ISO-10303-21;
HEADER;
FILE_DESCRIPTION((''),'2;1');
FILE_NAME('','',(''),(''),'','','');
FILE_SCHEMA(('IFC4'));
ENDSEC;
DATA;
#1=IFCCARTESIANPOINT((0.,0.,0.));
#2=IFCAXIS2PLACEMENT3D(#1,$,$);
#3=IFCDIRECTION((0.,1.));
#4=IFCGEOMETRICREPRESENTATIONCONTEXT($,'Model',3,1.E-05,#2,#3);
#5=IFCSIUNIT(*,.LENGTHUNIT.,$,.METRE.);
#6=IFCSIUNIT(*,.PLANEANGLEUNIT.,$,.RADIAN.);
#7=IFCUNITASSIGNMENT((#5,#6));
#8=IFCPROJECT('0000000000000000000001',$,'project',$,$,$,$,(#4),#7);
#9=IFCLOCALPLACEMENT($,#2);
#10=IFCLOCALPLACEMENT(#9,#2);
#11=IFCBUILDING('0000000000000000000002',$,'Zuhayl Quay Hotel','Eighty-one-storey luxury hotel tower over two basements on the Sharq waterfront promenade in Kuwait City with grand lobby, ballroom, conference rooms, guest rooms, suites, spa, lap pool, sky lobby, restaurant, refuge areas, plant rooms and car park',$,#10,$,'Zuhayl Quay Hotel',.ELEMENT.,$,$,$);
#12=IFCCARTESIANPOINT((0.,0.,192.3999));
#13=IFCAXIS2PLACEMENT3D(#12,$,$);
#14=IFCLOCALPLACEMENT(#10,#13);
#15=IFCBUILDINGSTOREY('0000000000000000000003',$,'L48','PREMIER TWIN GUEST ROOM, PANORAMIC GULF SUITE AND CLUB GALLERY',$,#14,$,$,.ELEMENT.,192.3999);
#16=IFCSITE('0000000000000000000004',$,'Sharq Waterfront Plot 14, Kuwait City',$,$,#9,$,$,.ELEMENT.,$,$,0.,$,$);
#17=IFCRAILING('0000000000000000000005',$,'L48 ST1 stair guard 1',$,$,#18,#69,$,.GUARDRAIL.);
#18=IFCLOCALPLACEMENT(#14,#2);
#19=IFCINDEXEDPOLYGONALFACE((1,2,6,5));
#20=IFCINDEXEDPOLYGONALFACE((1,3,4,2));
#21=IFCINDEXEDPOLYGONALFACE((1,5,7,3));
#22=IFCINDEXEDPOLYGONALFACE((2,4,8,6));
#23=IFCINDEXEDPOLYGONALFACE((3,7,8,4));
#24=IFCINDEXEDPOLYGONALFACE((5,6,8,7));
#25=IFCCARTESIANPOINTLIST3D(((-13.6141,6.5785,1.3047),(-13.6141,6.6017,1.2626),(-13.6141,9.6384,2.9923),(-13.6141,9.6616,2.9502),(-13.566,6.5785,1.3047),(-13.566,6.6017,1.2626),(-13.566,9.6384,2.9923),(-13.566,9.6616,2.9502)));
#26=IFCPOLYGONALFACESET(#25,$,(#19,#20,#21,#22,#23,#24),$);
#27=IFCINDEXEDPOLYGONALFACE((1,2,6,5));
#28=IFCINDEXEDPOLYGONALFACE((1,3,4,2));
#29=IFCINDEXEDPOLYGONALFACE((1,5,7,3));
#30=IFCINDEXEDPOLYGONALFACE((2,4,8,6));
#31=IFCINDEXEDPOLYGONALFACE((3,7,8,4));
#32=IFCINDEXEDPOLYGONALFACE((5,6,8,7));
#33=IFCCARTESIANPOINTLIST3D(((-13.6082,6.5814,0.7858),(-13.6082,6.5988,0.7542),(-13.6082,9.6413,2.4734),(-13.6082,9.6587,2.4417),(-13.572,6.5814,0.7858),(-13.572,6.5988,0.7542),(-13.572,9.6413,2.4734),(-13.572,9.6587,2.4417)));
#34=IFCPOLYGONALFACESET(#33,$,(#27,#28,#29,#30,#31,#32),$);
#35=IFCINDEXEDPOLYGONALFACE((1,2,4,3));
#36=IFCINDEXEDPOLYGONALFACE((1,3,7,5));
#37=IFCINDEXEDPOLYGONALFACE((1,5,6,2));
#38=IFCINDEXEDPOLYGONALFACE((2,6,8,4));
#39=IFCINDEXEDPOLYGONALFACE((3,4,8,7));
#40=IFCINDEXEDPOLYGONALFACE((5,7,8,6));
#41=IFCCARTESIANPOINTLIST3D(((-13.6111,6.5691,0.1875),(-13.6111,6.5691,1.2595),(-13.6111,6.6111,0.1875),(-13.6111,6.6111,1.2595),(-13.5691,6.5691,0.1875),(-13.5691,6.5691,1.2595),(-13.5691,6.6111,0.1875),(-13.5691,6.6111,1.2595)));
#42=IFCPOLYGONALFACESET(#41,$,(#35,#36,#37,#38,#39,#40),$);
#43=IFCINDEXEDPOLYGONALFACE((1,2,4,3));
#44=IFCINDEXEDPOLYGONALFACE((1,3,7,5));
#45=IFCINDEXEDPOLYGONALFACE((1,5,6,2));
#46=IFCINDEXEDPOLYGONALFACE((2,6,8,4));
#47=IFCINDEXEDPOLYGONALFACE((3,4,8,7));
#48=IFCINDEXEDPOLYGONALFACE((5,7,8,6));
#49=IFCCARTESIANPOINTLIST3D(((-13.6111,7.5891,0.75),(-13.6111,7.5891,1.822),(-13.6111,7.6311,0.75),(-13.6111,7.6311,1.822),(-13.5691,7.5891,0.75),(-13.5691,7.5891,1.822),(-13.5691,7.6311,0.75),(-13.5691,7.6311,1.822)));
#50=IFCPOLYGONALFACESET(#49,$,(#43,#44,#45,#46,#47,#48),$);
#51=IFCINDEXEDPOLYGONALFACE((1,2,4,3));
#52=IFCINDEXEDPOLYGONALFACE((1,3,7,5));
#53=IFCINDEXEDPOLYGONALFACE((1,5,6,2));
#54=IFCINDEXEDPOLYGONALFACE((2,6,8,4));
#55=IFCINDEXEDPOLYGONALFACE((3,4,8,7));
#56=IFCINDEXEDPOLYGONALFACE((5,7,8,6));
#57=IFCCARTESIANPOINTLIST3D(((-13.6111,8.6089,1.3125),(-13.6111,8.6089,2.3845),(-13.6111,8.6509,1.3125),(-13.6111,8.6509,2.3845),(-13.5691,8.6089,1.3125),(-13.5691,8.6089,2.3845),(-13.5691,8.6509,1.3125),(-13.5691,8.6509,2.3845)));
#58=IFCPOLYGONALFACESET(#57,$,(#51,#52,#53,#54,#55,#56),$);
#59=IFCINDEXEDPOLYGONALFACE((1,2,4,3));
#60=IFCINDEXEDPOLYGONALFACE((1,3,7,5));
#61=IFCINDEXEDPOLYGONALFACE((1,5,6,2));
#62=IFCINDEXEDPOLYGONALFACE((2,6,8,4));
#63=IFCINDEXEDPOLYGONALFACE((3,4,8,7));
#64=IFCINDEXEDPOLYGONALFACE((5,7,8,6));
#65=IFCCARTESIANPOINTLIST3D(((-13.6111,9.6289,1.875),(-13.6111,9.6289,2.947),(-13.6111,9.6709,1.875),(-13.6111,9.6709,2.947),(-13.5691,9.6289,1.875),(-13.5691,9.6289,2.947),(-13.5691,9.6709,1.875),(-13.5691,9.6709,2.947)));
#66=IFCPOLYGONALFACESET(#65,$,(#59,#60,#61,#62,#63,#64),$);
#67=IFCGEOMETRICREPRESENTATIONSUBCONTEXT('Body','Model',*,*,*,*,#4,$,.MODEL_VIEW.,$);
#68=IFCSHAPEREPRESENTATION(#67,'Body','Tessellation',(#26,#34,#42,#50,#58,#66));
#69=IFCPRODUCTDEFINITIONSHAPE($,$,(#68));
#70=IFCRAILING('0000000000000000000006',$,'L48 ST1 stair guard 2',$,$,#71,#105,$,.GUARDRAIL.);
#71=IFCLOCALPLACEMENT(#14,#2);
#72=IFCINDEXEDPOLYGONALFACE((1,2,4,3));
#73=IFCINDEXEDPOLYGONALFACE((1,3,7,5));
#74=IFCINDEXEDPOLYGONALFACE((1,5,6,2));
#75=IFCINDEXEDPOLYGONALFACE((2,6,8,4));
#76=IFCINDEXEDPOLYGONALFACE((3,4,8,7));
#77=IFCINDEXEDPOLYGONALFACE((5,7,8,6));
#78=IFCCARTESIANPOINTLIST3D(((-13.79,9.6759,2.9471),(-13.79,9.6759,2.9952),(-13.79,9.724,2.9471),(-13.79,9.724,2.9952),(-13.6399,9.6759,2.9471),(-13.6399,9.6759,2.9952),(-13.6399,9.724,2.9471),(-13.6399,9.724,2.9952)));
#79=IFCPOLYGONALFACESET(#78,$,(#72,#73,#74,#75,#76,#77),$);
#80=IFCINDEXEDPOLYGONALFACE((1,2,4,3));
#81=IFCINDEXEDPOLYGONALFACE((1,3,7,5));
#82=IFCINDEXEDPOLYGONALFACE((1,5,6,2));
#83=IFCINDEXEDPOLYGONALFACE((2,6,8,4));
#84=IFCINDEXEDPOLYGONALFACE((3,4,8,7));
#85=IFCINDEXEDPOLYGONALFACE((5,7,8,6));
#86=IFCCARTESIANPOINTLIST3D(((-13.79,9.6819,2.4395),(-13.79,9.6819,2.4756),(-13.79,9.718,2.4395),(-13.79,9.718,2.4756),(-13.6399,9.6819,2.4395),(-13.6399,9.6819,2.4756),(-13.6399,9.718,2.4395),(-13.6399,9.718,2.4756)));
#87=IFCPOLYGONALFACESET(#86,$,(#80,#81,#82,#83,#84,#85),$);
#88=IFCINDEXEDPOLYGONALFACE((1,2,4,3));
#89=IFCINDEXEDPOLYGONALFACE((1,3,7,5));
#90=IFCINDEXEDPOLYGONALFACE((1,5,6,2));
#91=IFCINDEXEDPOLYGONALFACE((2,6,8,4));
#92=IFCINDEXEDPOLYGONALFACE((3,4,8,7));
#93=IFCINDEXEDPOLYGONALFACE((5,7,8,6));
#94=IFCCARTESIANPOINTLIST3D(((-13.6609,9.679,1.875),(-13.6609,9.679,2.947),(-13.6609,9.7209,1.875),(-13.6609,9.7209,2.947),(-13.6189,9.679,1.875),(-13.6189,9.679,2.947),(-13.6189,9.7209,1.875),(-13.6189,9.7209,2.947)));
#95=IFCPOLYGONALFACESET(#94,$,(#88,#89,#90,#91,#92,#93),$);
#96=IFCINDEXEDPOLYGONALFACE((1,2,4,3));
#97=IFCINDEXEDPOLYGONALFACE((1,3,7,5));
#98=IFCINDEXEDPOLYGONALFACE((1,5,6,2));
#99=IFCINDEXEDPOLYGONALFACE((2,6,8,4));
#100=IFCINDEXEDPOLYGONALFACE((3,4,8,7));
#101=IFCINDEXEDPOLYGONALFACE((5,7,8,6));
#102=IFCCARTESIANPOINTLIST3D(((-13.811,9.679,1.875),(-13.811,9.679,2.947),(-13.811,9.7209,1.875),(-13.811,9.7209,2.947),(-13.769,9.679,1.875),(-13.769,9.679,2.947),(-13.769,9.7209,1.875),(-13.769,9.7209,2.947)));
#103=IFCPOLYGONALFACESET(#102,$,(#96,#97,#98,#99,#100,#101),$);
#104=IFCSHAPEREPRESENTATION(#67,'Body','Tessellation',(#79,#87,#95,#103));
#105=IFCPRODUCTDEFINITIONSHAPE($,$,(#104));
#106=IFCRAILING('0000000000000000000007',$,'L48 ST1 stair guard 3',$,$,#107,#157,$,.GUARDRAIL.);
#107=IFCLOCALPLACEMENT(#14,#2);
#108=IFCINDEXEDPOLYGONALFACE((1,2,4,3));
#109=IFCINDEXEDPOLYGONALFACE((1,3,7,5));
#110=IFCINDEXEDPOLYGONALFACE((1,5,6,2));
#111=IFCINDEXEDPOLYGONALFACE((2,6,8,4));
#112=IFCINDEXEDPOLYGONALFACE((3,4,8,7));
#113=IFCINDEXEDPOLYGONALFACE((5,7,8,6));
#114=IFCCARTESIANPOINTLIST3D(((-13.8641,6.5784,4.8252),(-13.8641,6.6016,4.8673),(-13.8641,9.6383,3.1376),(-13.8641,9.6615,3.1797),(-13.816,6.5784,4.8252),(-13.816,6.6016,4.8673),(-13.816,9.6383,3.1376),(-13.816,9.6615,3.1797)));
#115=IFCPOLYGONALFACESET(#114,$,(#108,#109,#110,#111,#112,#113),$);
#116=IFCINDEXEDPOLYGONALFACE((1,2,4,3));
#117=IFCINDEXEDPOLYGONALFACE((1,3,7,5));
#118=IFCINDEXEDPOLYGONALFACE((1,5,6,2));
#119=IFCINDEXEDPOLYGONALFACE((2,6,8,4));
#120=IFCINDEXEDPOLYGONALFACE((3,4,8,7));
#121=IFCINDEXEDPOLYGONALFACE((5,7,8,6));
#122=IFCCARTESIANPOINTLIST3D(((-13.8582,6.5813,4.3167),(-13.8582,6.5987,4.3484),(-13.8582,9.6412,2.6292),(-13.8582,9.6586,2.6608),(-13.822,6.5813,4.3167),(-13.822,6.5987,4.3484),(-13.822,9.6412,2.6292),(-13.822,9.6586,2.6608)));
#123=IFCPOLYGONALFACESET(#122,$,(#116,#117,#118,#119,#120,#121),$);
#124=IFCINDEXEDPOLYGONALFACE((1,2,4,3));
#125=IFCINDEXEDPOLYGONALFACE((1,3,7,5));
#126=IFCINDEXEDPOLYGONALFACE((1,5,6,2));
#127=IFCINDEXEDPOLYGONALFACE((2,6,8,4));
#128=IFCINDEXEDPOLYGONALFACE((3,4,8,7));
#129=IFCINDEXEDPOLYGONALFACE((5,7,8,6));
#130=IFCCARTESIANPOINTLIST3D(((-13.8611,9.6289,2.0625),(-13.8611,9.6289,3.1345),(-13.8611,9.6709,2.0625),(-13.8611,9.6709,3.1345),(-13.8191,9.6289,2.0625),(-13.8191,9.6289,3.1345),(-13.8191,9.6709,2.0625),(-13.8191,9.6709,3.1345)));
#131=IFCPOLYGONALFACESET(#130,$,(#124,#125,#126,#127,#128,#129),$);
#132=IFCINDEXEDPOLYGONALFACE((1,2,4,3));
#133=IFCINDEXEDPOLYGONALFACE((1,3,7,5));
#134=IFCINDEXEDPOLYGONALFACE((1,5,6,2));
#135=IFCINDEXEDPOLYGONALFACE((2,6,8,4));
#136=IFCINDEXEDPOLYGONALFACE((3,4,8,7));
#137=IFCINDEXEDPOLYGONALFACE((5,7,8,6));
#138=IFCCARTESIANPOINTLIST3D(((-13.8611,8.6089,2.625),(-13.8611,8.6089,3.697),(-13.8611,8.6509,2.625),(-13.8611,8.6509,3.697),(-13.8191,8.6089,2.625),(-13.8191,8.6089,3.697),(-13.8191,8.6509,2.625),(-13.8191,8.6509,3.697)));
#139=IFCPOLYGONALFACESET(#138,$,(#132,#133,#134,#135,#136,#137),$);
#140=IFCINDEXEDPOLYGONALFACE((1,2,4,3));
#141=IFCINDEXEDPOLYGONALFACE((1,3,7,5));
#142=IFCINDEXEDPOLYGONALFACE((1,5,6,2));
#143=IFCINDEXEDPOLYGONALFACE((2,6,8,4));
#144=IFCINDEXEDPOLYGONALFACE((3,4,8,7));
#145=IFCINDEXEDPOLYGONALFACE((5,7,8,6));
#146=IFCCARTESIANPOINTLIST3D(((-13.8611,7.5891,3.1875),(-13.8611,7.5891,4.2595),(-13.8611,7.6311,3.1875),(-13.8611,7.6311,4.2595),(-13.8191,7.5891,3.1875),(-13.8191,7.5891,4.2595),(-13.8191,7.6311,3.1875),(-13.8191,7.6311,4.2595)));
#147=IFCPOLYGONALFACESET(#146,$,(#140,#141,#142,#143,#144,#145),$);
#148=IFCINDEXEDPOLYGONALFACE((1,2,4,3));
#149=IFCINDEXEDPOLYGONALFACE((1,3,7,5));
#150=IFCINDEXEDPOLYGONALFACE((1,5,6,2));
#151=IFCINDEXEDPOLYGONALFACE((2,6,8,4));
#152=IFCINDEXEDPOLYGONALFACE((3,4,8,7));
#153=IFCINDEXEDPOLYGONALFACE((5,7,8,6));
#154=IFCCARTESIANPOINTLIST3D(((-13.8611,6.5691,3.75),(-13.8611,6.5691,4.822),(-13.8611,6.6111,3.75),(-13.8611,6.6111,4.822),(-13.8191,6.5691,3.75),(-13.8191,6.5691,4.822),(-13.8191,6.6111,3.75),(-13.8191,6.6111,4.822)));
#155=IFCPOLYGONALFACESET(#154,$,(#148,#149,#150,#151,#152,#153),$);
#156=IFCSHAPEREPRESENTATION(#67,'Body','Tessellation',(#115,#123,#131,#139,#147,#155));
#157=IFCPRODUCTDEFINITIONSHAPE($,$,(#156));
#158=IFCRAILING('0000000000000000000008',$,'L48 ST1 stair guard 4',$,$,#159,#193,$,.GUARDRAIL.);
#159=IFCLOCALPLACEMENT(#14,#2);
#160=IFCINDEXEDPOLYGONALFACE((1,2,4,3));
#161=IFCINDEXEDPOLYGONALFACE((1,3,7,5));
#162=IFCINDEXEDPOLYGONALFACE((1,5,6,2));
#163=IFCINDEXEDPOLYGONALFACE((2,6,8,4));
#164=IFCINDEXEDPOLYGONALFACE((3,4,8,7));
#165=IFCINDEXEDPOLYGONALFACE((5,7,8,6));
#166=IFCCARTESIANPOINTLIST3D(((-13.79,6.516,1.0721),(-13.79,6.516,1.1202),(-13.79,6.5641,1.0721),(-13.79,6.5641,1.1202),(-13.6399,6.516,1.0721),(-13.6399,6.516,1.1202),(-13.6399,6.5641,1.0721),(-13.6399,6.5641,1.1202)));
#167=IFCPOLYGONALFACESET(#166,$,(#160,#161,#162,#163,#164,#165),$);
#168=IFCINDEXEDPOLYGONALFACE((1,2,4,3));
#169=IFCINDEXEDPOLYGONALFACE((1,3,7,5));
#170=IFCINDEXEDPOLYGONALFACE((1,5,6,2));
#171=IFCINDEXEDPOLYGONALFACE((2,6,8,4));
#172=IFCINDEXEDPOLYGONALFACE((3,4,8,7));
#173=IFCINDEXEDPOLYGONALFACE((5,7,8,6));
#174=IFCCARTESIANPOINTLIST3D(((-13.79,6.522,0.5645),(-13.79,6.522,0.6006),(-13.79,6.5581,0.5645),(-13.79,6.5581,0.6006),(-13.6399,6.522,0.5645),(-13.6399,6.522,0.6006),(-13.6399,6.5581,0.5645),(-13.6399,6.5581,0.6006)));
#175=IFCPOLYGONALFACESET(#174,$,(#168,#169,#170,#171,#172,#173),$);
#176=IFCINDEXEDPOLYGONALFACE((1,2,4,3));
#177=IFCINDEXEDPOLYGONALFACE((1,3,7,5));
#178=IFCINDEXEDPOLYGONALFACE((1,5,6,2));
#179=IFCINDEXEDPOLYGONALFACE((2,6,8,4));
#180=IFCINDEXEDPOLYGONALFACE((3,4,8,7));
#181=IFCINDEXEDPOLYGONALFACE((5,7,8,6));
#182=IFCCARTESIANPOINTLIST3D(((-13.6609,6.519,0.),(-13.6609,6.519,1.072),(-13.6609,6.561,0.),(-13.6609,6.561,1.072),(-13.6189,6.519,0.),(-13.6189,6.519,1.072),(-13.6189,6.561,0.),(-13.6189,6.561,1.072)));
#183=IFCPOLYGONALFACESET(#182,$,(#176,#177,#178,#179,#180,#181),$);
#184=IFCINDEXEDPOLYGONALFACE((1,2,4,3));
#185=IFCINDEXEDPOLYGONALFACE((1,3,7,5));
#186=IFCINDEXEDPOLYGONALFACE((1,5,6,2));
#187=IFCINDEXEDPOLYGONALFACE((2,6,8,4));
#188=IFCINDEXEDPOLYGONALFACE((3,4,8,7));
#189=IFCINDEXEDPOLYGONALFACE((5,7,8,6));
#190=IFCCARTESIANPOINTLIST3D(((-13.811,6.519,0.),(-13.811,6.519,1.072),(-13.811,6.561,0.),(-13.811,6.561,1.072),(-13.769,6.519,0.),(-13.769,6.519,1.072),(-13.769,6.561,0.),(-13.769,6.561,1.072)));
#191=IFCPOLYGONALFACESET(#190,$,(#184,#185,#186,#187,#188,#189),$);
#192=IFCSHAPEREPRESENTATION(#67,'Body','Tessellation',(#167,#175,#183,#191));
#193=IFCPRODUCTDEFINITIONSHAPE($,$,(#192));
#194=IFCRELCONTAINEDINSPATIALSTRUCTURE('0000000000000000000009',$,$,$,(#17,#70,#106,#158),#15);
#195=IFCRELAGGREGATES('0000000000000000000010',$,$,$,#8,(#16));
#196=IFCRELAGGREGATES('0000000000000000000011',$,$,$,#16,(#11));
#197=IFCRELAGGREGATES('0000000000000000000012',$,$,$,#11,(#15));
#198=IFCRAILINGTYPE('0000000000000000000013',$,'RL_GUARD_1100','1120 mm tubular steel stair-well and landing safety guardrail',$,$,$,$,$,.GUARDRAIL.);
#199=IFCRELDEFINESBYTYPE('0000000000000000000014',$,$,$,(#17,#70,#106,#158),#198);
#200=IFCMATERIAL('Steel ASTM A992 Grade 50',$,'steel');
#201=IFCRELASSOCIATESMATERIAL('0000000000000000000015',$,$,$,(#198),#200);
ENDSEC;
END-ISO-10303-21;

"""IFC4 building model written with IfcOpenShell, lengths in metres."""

from ifc_helpers import new_model, si_unit, direction, frame, origin, origin_2d, place, context, subcontext, project, spatial, rectangle, extrude, material, type_object, element, save


model = new_model("IFC4")

# Units and contexts
model_context = context("Model", 3, precision=1e-05, world=origin(), true_north=direction((0.0, 1.0)))
body_context = subcontext(model_context, "Body", "Model", "MODEL_VIEW")
ifc_project = project(units=[si_unit("LENGTHUNIT", "METRE"), si_unit("PLANEANGLEUNIT", "RADIAN")], contexts=[model_context])

# Site, building, storey
site_placement = place(None, origin())
site = spatial("IfcSite", under=ifc_project, at=site_placement, Name="Sharq Waterfront Plot 14, Kuwait City", CompositionType="ELEMENT", RefElevation=0.0)
building_placement = place(site_placement, origin())
building = spatial("IfcBuilding", under=site, at=building_placement, Name="Zuhayl Quay Hotel", Description="Eighty-one-storey luxury hotel tower over two basements on the Sharq waterfront promenade in Kuwait City with grand lobby, ballroom, conference rooms, guest rooms, suites, spa, lap pool, sky lobby, restaurant, refuge areas, plant rooms and car park", LongName="Zuhayl Quay Hotel", CompositionType="ELEMENT")
storey_placement = place(building_placement, frame((0.0, 0.0, 192.3999)))
storey = spatial("IfcBuildingStorey", under=building, at=storey_placement, Name="L48", Description="PREMIER TWIN GUEST ROOM, PANORAMIC GULF SUITE AND CLUB GALLERY", CompositionType="ELEMENT", Elevation=192.3999)

# Shared definitions
ifc_material_1 = material(Name="Steel ASTM A992 Grade 50", Category="steel")

# Railings
railing_type_1 = type_object("IfcRailingType", Name="RL_GUARD_1100", Description="1120 mm tubular steel stair-well and landing safety guardrail", PredefinedType="GUARDRAIL", material=ifc_material_1)
railing_1_placement = place(storey_placement, frame((-13.5901, 6.5901, 0.1875)))
element("IfcRailing", 1, at=railing_1_placement, inside=storey, type_object=railing_type_1, Name="L48 ST1 stair guard 1", PredefinedType="GUARDRAIL", context=body_context, shape_type="SweptSolid", body=[
    extrude(rectangle(XDim=0.0481, YDim=0.0481, at=origin_2d()), frame((0.0, 0.0, 1.0962), z_axis=(0.0, 0.875659, 0.48293), x_axis=(-1.0, 0.0, 0.0)), (0.0, 0.0, 1.0), 3.4944),
    extrude(rectangle(XDim=0.0361, YDim=0.0361, at=origin_2d()), frame((0.0, 0.0, 0.5825), z_axis=(0.0, 0.875659, 0.48293), x_axis=(-1.0, 0.0, 0.0)), (0.0, 0.0, 1.0), 3.4944),
    extrude(rectangle(XDim=0.042, YDim=0.042, at=origin_2d()), origin(), (0.0, 0.0, 1.0), 1.072),
    extrude(rectangle(XDim=0.042, YDim=0.042, at=origin_2d()), frame((0.0, 1.02, 0.5625)), (0.0, 0.0, 1.0), 1.072),
    extrude(rectangle(XDim=0.042, YDim=0.042, at=origin_2d()), frame((0.0, 2.0398, 1.125)), (0.0, 0.0, 1.0), 1.072),
    extrude(rectangle(XDim=0.042, YDim=0.042, at=origin_2d()), frame((0.0, 3.0598, 1.6875)), (0.0, 0.0, 1.0), 1.072),
])
railing_2_placement = place(storey_placement, frame((-13.6399, 9.7, 1.875)))
element("IfcRailing", 2, at=railing_2_placement, inside=storey, type_object=railing_type_1, Name="L48 ST1 stair guard 2", PredefinedType="GUARDRAIL", context=body_context, shape_type="SweptSolid", body=[
    extrude(rectangle(XDim=0.0481, YDim=0.0481, at=origin_2d()), frame((0.0, 0.0, 1.0962), z_axis=(-1.0, 0.0, 0.0), x_axis=(0.0, -1.0, 0.0)), (0.0, 0.0, 1.0), 0.1501),
    extrude(rectangle(XDim=0.0361, YDim=0.0361, at=origin_2d()), frame((0.0, 0.0, 0.5825), z_axis=(-1.0, 0.0, 0.0), x_axis=(0.0, -1.0, 0.0)), (0.0, 0.0, 1.0), 0.1501),
    extrude(rectangle(XDim=0.042, YDim=0.042, at=origin_2d()), origin(), (0.0, 0.0, 1.0), 1.072),
    extrude(rectangle(XDim=0.042, YDim=0.042, at=origin_2d()), frame((-0.1501, 0.0, 0.0)), (0.0, 0.0, 1.0), 1.072),
])
railing_3_placement = place(storey_placement, frame((-13.8401, 9.6499, 2.0625)))
element("IfcRailing", 3, at=railing_3_placement, inside=storey, type_object=railing_type_1, Name="L48 ST1 stair guard 3", PredefinedType="GUARDRAIL", context=body_context, shape_type="SweptSolid", body=[
    extrude(rectangle(XDim=0.0481, YDim=0.0481, at=origin_2d()), frame((0.0, 0.0, 1.0962), z_axis=(0.0, -0.875659, 0.48293), x_axis=(1.0, 0.0, 0.0)), (0.0, 0.0, 1.0), 3.4944),
    extrude(rectangle(XDim=0.0361, YDim=0.0361, at=origin_2d()), frame((0.0, 0.0, 0.5825), z_axis=(0.0, -0.875659, 0.48293), x_axis=(1.0, 0.0, 0.0)), (0.0, 0.0, 1.0), 3.4944),
    extrude(rectangle(XDim=0.042, YDim=0.042, at=origin_2d()), origin(), (0.0, 0.0, 1.0), 1.072),
    extrude(rectangle(XDim=0.042, YDim=0.042, at=origin_2d()), frame((0.0, -1.02, 0.5625)), (0.0, 0.0, 1.0), 1.072),
    extrude(rectangle(XDim=0.042, YDim=0.042, at=origin_2d()), frame((0.0, -2.0398, 1.125)), (0.0, 0.0, 1.0), 1.072),
    extrude(rectangle(XDim=0.042, YDim=0.042, at=origin_2d()), frame((0.0, -3.0598, 1.6875)), (0.0, 0.0, 1.0), 1.072),
])
railing_4_placement = place(storey_placement, frame((-13.6399, 6.54, 0.0)))
element("IfcRailing", 4, at=railing_4_placement, inside=storey, type_object=railing_type_1, Name="L48 ST1 stair guard 4", PredefinedType="GUARDRAIL", context=body_context, shape_type="SweptSolid", body=[
    extrude(rectangle(XDim=0.0481, YDim=0.0481, at=origin_2d()), frame((0.0, 0.0, 1.0962), z_axis=(-1.0, 0.0, 0.0), x_axis=(0.0, -1.0, 0.0)), (0.0, 0.0, 1.0), 0.1501),
    extrude(rectangle(XDim=0.0361, YDim=0.0361, at=origin_2d()), frame((0.0, 0.0, 0.5825), z_axis=(-1.0, 0.0, 0.0), x_axis=(0.0, -1.0, 0.0)), (0.0, 0.0, 1.0), 0.1501),
    extrude(rectangle(XDim=0.042, YDim=0.042, at=origin_2d()), origin(), (0.0, 0.0, 1.0), 1.072),
    extrude(rectangle(XDim=0.042, YDim=0.042, at=origin_2d()), frame((-0.1501, 0.0, 0.0)), (0.0, 0.0, 1.0), 1.072),
])

save(model, "model.ifc")
